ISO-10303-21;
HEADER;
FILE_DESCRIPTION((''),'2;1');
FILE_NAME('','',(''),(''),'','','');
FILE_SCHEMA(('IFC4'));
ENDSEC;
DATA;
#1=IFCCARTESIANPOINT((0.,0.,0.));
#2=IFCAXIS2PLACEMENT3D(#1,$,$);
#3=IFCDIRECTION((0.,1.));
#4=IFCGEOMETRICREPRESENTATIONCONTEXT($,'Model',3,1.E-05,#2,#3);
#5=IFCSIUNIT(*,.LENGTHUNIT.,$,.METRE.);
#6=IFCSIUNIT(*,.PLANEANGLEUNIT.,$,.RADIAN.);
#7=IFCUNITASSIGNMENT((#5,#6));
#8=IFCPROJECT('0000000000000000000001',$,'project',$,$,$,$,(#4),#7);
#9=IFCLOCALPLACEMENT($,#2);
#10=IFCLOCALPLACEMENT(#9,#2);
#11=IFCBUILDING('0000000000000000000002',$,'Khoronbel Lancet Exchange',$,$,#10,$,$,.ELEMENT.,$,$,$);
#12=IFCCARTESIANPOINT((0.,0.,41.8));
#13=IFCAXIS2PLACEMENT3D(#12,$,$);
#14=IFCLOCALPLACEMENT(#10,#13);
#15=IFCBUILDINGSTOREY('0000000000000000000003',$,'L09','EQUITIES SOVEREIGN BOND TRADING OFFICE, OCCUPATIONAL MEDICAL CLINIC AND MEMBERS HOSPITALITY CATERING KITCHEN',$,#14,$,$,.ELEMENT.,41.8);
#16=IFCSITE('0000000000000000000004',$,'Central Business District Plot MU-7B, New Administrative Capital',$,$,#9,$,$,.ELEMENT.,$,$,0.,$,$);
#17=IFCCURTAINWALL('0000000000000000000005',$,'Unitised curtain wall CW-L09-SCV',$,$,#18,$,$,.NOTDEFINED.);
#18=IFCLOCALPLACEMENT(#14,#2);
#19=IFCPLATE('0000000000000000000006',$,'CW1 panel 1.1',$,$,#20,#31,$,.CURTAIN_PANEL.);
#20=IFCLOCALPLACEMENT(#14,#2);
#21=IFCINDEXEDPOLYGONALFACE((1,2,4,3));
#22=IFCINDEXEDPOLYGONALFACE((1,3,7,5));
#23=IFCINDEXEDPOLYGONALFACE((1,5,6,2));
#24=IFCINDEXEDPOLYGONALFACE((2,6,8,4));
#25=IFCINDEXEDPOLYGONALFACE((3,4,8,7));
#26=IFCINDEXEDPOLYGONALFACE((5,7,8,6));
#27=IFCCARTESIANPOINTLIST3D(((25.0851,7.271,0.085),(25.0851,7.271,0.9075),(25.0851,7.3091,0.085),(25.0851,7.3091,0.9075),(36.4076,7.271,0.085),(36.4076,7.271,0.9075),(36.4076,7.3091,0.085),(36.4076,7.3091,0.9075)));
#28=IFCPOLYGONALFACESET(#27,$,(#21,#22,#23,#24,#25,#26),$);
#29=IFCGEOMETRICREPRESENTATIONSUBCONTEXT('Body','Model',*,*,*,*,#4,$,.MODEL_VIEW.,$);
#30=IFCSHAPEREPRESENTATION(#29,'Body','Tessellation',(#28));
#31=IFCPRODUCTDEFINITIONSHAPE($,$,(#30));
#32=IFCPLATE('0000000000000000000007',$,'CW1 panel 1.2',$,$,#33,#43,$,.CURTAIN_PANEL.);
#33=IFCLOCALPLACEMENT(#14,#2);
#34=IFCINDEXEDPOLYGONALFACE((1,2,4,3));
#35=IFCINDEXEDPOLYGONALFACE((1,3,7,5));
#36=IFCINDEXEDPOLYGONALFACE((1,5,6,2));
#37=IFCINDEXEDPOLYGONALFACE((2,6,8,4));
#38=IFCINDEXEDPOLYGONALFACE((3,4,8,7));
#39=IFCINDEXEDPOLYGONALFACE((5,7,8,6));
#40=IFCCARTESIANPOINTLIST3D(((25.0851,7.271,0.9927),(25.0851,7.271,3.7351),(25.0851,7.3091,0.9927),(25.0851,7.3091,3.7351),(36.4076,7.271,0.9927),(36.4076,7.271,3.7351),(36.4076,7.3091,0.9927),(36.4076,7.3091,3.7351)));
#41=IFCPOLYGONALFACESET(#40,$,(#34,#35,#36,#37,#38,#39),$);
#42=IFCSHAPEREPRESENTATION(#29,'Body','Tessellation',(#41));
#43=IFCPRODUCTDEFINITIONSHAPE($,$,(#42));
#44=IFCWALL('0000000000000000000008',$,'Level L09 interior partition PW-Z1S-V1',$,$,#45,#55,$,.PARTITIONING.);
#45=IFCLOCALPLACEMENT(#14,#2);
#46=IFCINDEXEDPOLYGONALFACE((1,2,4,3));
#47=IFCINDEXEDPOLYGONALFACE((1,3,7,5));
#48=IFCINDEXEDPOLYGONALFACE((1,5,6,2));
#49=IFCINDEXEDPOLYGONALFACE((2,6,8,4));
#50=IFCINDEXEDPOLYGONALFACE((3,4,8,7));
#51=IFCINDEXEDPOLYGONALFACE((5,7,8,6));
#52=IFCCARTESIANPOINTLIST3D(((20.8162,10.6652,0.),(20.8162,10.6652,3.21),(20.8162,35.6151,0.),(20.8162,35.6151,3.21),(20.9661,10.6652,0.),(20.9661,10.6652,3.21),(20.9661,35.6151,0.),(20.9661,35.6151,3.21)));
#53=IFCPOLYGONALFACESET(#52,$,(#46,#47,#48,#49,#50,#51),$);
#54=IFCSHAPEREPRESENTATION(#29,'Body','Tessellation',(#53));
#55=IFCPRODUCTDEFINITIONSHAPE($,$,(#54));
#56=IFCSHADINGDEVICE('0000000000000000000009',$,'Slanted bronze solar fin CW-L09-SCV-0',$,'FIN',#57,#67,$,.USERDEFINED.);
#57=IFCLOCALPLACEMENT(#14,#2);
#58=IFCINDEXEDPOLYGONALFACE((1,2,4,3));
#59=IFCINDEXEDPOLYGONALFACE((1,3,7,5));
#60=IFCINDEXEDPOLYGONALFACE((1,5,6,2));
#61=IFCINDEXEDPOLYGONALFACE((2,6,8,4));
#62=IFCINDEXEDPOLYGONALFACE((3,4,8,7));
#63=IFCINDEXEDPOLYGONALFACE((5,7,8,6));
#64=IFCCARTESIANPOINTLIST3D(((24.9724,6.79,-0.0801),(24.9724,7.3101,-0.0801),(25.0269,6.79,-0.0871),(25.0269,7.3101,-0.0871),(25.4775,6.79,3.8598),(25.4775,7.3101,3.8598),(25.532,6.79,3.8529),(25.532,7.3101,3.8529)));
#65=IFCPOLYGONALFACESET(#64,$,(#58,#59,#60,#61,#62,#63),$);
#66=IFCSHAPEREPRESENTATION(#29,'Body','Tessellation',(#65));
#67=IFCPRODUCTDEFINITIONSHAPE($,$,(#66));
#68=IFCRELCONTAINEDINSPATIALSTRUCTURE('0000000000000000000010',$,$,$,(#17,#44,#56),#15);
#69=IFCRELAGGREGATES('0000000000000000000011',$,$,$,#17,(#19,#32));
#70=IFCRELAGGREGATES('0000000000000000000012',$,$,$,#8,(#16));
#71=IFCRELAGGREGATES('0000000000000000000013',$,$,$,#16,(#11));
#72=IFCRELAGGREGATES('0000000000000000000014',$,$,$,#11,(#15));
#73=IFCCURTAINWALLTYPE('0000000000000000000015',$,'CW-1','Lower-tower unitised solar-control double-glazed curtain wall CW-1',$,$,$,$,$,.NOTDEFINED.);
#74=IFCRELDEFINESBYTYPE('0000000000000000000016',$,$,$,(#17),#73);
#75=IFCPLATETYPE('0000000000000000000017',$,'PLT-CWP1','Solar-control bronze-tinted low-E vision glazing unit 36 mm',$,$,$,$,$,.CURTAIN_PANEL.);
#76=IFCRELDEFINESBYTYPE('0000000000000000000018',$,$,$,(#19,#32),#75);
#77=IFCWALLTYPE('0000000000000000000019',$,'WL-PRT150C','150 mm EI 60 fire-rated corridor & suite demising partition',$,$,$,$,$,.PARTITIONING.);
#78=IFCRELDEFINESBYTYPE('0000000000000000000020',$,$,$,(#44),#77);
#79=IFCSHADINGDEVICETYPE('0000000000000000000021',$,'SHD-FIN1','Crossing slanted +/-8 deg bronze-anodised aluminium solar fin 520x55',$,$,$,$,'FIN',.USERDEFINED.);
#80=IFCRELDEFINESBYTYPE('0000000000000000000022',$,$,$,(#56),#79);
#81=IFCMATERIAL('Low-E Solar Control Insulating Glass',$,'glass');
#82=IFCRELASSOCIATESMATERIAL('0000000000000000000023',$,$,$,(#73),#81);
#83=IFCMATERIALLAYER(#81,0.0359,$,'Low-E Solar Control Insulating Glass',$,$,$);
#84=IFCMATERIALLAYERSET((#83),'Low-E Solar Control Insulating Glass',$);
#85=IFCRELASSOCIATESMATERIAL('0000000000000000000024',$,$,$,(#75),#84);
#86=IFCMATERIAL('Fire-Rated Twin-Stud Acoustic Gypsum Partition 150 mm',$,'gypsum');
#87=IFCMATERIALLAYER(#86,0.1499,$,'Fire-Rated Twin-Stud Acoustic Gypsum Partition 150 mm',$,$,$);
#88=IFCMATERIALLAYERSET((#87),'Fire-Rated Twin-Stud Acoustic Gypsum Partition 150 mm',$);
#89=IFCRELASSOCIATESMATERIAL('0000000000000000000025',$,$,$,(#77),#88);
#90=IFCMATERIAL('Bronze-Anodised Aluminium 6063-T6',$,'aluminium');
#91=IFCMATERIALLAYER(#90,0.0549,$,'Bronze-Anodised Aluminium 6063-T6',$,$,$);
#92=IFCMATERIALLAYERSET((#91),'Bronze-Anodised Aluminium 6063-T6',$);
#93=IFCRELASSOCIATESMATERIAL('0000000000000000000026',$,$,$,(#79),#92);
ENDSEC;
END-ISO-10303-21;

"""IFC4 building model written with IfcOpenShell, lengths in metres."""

from ifc_helpers import new_model, si_unit, direction, frame, frame_2d, origin, origin_2d, place, context, subcontext, project, spatial, polyline, rectangle, outline, extrude, material, layer, layer_set, type_object, element, aggregate, save


model = new_model("IFC4")

# Units and contexts
model_context = context("Model", 3, precision=1e-05, world=origin(), true_north=direction((0.0, 1.0)))
body_context = subcontext(model_context, "Body", "Model", "MODEL_VIEW")
ifc_project = project(units=[si_unit("LENGTHUNIT", "METRE"), si_unit("PLANEANGLEUNIT", "RADIAN")], contexts=[model_context])

# Site, building, storey
site_placement = place(None, origin())
site = spatial("IfcSite", under=ifc_project, at=site_placement, Name="Central Business District Plot MU-7B, New Administrative Capital", CompositionType="ELEMENT", RefElevation=0.0)
building_placement = place(site_placement, origin())
building = spatial("IfcBuilding", under=site, at=building_placement, Name="Khoronbel Lancet Exchange", CompositionType="ELEMENT")
storey_placement = place(building_placement, frame((0.0, 0.0, 41.8)))
storey = spatial("IfcBuildingStorey", under=building, at=storey_placement, Name="L09", Description="EQUITIES SOVEREIGN BOND TRADING OFFICE, OCCUPATIONAL MEDICAL CLINIC AND MEMBERS HOSPITALITY CATERING KITCHEN", CompositionType="ELEMENT", Elevation=41.8)

# Curtain wall
ifc_material_1 = material(Name="Low-E Solar Control Insulating Glass", Category="glass")
curtain_wall_type = type_object("IfcCurtainWallType", Name="CW-1", Description="Lower-tower unitised solar-control double-glazed curtain wall CW-1", PredefinedType="NOTDEFINED", material=ifc_material_1)
ifc_material_2 = material(Name="Bronze-Anodised Aluminium 6063-T6", Category="aluminium")
curtain_wall_1_placement = place(storey_placement, origin())
curtain_wall_1 = element("IfcCurtainWall", 1, at=curtain_wall_1_placement, inside=storey, type_object=curtain_wall_type, Name="Unitised curtain wall CW-L09-SCV", PredefinedType="NOTDEFINED")

# Plates
ifc_layer_1 = layer(ifc_material_1, 0.0359, Name="Low-E Solar Control Insulating Glass")
ifc_layer_set_1 = layer_set([ifc_layer_1], Name="Low-E Solar Control Insulating Glass")
plate_type_1 = type_object("IfcPlateType", Name="PLT-CWP1", Description="Solar-control bronze-tinted low-E vision glazing unit 36 mm", PredefinedType="CURTAIN_PANEL", material=ifc_layer_set_1)
plate_1_placement = place(storey_placement, frame((30.7463, 7.29, 0.085), z_axis=(0.0, 0.0, 1.0), x_axis=(1.0, 0.0, 0.0)))
plate_1 = element("IfcPlate", 2, at=plate_1_placement, type_object=plate_type_1, Name="CW1 panel 1.1", PredefinedType="CURTAIN_PANEL", context=body_context, shape_type="SweptSolid", body=[
    extrude(rectangle(XDim=11.3225, YDim=0.0381, at=origin_2d()), origin(), (0.0, 0.0, 1.0), 0.8225),
])
plate_2_placement = place(storey_placement, frame((30.7463, 7.29, 0.9927), z_axis=(0.0, 0.0, 1.0), x_axis=(1.0, 0.0, 0.0)))
plate_2 = element("IfcPlate", 3, at=plate_2_placement, type_object=plate_type_1, Name="CW1 panel 1.2", PredefinedType="CURTAIN_PANEL", context=body_context, shape_type="SweptSolid", body=[
    extrude(rectangle(XDim=11.3225, YDim=0.0381, at=origin_2d()), origin(), (0.0, 0.0, 1.0), 2.7424),
])
aggregate(curtain_wall_1, [plate_1, plate_2])

# Wall
ifc_material_3 = material(Name="Fire-Rated Twin-Stud Acoustic Gypsum Partition 150 mm", Category="gypsum")
ifc_layer_2 = layer(ifc_material_3, 0.1499, Name="Fire-Rated Twin-Stud Acoustic Gypsum Partition 150 mm")
ifc_layer_set_2 = layer_set([ifc_layer_2], Name="Fire-Rated Twin-Stud Acoustic Gypsum Partition 150 mm")
wall_type = type_object("IfcWallType", Name="WL-PRT150C", Description="150 mm EI 60 fire-rated corridor & suite demising partition", PredefinedType="PARTITIONING", material=ifc_layer_set_2)
wall_placement = place(storey_placement, frame((20.8911, 10.665, 0.0), z_axis=(0.0, 0.0, 1.0), x_axis=(0.0, 1.0, 0.0)))
element("IfcWall", 4, at=wall_placement, inside=storey, type_object=wall_type, Name="Level L09 interior partition PW-Z1S-V1", PredefinedType="PARTITIONING", context=body_context, shape_type="SweptSolid", body=[
    extrude(rectangle(XDim=24.95, YDim=0.1499, at=frame_2d((12.4751, 0.0))), origin(), (0.0, 0.0, 1.0), 3.21),
])

# Shading device
ifc_layer_3 = layer(ifc_material_2, 0.0549, Name="Bronze-Anodised Aluminium 6063-T6")
ifc_layer_set_3 = layer_set([ifc_layer_3], Name="Bronze-Anodised Aluminium 6063-T6")
shading_device_type = type_object("IfcShadingDeviceType", Name="SHD-FIN1", Description="Crossing slanted +/-8 deg bronze-anodised aluminium solar fin 520x55", ElementType="FIN", PredefinedType="USERDEFINED", material=ifc_layer_set_3)
shading_device_placement = place(storey_placement, frame((24.9724, 7.3101, -0.0801), z_axis=(-0.991881, 0.0, 0.127166), x_axis=(0.0, -1.0, 0.0)))
element("IfcShadingDevice", 5, at=shading_device_placement, inside=storey, type_object=shading_device_type, Name="Slanted bronze solar fin CW-L09-SCV-0", ObjectType="FIN", PredefinedType="USERDEFINED", context=body_context, shape_type="SweptSolid", body=[
    extrude(outline(polyline([(0.0, 0.0), (0.52, 0.0), (0.52, 3.9722), (0.0, 3.9722), (0.0, 0.0)])), origin(), (0.0, 0.0, -1.0), 0.0549),
])

save(model, "model.ifc")
